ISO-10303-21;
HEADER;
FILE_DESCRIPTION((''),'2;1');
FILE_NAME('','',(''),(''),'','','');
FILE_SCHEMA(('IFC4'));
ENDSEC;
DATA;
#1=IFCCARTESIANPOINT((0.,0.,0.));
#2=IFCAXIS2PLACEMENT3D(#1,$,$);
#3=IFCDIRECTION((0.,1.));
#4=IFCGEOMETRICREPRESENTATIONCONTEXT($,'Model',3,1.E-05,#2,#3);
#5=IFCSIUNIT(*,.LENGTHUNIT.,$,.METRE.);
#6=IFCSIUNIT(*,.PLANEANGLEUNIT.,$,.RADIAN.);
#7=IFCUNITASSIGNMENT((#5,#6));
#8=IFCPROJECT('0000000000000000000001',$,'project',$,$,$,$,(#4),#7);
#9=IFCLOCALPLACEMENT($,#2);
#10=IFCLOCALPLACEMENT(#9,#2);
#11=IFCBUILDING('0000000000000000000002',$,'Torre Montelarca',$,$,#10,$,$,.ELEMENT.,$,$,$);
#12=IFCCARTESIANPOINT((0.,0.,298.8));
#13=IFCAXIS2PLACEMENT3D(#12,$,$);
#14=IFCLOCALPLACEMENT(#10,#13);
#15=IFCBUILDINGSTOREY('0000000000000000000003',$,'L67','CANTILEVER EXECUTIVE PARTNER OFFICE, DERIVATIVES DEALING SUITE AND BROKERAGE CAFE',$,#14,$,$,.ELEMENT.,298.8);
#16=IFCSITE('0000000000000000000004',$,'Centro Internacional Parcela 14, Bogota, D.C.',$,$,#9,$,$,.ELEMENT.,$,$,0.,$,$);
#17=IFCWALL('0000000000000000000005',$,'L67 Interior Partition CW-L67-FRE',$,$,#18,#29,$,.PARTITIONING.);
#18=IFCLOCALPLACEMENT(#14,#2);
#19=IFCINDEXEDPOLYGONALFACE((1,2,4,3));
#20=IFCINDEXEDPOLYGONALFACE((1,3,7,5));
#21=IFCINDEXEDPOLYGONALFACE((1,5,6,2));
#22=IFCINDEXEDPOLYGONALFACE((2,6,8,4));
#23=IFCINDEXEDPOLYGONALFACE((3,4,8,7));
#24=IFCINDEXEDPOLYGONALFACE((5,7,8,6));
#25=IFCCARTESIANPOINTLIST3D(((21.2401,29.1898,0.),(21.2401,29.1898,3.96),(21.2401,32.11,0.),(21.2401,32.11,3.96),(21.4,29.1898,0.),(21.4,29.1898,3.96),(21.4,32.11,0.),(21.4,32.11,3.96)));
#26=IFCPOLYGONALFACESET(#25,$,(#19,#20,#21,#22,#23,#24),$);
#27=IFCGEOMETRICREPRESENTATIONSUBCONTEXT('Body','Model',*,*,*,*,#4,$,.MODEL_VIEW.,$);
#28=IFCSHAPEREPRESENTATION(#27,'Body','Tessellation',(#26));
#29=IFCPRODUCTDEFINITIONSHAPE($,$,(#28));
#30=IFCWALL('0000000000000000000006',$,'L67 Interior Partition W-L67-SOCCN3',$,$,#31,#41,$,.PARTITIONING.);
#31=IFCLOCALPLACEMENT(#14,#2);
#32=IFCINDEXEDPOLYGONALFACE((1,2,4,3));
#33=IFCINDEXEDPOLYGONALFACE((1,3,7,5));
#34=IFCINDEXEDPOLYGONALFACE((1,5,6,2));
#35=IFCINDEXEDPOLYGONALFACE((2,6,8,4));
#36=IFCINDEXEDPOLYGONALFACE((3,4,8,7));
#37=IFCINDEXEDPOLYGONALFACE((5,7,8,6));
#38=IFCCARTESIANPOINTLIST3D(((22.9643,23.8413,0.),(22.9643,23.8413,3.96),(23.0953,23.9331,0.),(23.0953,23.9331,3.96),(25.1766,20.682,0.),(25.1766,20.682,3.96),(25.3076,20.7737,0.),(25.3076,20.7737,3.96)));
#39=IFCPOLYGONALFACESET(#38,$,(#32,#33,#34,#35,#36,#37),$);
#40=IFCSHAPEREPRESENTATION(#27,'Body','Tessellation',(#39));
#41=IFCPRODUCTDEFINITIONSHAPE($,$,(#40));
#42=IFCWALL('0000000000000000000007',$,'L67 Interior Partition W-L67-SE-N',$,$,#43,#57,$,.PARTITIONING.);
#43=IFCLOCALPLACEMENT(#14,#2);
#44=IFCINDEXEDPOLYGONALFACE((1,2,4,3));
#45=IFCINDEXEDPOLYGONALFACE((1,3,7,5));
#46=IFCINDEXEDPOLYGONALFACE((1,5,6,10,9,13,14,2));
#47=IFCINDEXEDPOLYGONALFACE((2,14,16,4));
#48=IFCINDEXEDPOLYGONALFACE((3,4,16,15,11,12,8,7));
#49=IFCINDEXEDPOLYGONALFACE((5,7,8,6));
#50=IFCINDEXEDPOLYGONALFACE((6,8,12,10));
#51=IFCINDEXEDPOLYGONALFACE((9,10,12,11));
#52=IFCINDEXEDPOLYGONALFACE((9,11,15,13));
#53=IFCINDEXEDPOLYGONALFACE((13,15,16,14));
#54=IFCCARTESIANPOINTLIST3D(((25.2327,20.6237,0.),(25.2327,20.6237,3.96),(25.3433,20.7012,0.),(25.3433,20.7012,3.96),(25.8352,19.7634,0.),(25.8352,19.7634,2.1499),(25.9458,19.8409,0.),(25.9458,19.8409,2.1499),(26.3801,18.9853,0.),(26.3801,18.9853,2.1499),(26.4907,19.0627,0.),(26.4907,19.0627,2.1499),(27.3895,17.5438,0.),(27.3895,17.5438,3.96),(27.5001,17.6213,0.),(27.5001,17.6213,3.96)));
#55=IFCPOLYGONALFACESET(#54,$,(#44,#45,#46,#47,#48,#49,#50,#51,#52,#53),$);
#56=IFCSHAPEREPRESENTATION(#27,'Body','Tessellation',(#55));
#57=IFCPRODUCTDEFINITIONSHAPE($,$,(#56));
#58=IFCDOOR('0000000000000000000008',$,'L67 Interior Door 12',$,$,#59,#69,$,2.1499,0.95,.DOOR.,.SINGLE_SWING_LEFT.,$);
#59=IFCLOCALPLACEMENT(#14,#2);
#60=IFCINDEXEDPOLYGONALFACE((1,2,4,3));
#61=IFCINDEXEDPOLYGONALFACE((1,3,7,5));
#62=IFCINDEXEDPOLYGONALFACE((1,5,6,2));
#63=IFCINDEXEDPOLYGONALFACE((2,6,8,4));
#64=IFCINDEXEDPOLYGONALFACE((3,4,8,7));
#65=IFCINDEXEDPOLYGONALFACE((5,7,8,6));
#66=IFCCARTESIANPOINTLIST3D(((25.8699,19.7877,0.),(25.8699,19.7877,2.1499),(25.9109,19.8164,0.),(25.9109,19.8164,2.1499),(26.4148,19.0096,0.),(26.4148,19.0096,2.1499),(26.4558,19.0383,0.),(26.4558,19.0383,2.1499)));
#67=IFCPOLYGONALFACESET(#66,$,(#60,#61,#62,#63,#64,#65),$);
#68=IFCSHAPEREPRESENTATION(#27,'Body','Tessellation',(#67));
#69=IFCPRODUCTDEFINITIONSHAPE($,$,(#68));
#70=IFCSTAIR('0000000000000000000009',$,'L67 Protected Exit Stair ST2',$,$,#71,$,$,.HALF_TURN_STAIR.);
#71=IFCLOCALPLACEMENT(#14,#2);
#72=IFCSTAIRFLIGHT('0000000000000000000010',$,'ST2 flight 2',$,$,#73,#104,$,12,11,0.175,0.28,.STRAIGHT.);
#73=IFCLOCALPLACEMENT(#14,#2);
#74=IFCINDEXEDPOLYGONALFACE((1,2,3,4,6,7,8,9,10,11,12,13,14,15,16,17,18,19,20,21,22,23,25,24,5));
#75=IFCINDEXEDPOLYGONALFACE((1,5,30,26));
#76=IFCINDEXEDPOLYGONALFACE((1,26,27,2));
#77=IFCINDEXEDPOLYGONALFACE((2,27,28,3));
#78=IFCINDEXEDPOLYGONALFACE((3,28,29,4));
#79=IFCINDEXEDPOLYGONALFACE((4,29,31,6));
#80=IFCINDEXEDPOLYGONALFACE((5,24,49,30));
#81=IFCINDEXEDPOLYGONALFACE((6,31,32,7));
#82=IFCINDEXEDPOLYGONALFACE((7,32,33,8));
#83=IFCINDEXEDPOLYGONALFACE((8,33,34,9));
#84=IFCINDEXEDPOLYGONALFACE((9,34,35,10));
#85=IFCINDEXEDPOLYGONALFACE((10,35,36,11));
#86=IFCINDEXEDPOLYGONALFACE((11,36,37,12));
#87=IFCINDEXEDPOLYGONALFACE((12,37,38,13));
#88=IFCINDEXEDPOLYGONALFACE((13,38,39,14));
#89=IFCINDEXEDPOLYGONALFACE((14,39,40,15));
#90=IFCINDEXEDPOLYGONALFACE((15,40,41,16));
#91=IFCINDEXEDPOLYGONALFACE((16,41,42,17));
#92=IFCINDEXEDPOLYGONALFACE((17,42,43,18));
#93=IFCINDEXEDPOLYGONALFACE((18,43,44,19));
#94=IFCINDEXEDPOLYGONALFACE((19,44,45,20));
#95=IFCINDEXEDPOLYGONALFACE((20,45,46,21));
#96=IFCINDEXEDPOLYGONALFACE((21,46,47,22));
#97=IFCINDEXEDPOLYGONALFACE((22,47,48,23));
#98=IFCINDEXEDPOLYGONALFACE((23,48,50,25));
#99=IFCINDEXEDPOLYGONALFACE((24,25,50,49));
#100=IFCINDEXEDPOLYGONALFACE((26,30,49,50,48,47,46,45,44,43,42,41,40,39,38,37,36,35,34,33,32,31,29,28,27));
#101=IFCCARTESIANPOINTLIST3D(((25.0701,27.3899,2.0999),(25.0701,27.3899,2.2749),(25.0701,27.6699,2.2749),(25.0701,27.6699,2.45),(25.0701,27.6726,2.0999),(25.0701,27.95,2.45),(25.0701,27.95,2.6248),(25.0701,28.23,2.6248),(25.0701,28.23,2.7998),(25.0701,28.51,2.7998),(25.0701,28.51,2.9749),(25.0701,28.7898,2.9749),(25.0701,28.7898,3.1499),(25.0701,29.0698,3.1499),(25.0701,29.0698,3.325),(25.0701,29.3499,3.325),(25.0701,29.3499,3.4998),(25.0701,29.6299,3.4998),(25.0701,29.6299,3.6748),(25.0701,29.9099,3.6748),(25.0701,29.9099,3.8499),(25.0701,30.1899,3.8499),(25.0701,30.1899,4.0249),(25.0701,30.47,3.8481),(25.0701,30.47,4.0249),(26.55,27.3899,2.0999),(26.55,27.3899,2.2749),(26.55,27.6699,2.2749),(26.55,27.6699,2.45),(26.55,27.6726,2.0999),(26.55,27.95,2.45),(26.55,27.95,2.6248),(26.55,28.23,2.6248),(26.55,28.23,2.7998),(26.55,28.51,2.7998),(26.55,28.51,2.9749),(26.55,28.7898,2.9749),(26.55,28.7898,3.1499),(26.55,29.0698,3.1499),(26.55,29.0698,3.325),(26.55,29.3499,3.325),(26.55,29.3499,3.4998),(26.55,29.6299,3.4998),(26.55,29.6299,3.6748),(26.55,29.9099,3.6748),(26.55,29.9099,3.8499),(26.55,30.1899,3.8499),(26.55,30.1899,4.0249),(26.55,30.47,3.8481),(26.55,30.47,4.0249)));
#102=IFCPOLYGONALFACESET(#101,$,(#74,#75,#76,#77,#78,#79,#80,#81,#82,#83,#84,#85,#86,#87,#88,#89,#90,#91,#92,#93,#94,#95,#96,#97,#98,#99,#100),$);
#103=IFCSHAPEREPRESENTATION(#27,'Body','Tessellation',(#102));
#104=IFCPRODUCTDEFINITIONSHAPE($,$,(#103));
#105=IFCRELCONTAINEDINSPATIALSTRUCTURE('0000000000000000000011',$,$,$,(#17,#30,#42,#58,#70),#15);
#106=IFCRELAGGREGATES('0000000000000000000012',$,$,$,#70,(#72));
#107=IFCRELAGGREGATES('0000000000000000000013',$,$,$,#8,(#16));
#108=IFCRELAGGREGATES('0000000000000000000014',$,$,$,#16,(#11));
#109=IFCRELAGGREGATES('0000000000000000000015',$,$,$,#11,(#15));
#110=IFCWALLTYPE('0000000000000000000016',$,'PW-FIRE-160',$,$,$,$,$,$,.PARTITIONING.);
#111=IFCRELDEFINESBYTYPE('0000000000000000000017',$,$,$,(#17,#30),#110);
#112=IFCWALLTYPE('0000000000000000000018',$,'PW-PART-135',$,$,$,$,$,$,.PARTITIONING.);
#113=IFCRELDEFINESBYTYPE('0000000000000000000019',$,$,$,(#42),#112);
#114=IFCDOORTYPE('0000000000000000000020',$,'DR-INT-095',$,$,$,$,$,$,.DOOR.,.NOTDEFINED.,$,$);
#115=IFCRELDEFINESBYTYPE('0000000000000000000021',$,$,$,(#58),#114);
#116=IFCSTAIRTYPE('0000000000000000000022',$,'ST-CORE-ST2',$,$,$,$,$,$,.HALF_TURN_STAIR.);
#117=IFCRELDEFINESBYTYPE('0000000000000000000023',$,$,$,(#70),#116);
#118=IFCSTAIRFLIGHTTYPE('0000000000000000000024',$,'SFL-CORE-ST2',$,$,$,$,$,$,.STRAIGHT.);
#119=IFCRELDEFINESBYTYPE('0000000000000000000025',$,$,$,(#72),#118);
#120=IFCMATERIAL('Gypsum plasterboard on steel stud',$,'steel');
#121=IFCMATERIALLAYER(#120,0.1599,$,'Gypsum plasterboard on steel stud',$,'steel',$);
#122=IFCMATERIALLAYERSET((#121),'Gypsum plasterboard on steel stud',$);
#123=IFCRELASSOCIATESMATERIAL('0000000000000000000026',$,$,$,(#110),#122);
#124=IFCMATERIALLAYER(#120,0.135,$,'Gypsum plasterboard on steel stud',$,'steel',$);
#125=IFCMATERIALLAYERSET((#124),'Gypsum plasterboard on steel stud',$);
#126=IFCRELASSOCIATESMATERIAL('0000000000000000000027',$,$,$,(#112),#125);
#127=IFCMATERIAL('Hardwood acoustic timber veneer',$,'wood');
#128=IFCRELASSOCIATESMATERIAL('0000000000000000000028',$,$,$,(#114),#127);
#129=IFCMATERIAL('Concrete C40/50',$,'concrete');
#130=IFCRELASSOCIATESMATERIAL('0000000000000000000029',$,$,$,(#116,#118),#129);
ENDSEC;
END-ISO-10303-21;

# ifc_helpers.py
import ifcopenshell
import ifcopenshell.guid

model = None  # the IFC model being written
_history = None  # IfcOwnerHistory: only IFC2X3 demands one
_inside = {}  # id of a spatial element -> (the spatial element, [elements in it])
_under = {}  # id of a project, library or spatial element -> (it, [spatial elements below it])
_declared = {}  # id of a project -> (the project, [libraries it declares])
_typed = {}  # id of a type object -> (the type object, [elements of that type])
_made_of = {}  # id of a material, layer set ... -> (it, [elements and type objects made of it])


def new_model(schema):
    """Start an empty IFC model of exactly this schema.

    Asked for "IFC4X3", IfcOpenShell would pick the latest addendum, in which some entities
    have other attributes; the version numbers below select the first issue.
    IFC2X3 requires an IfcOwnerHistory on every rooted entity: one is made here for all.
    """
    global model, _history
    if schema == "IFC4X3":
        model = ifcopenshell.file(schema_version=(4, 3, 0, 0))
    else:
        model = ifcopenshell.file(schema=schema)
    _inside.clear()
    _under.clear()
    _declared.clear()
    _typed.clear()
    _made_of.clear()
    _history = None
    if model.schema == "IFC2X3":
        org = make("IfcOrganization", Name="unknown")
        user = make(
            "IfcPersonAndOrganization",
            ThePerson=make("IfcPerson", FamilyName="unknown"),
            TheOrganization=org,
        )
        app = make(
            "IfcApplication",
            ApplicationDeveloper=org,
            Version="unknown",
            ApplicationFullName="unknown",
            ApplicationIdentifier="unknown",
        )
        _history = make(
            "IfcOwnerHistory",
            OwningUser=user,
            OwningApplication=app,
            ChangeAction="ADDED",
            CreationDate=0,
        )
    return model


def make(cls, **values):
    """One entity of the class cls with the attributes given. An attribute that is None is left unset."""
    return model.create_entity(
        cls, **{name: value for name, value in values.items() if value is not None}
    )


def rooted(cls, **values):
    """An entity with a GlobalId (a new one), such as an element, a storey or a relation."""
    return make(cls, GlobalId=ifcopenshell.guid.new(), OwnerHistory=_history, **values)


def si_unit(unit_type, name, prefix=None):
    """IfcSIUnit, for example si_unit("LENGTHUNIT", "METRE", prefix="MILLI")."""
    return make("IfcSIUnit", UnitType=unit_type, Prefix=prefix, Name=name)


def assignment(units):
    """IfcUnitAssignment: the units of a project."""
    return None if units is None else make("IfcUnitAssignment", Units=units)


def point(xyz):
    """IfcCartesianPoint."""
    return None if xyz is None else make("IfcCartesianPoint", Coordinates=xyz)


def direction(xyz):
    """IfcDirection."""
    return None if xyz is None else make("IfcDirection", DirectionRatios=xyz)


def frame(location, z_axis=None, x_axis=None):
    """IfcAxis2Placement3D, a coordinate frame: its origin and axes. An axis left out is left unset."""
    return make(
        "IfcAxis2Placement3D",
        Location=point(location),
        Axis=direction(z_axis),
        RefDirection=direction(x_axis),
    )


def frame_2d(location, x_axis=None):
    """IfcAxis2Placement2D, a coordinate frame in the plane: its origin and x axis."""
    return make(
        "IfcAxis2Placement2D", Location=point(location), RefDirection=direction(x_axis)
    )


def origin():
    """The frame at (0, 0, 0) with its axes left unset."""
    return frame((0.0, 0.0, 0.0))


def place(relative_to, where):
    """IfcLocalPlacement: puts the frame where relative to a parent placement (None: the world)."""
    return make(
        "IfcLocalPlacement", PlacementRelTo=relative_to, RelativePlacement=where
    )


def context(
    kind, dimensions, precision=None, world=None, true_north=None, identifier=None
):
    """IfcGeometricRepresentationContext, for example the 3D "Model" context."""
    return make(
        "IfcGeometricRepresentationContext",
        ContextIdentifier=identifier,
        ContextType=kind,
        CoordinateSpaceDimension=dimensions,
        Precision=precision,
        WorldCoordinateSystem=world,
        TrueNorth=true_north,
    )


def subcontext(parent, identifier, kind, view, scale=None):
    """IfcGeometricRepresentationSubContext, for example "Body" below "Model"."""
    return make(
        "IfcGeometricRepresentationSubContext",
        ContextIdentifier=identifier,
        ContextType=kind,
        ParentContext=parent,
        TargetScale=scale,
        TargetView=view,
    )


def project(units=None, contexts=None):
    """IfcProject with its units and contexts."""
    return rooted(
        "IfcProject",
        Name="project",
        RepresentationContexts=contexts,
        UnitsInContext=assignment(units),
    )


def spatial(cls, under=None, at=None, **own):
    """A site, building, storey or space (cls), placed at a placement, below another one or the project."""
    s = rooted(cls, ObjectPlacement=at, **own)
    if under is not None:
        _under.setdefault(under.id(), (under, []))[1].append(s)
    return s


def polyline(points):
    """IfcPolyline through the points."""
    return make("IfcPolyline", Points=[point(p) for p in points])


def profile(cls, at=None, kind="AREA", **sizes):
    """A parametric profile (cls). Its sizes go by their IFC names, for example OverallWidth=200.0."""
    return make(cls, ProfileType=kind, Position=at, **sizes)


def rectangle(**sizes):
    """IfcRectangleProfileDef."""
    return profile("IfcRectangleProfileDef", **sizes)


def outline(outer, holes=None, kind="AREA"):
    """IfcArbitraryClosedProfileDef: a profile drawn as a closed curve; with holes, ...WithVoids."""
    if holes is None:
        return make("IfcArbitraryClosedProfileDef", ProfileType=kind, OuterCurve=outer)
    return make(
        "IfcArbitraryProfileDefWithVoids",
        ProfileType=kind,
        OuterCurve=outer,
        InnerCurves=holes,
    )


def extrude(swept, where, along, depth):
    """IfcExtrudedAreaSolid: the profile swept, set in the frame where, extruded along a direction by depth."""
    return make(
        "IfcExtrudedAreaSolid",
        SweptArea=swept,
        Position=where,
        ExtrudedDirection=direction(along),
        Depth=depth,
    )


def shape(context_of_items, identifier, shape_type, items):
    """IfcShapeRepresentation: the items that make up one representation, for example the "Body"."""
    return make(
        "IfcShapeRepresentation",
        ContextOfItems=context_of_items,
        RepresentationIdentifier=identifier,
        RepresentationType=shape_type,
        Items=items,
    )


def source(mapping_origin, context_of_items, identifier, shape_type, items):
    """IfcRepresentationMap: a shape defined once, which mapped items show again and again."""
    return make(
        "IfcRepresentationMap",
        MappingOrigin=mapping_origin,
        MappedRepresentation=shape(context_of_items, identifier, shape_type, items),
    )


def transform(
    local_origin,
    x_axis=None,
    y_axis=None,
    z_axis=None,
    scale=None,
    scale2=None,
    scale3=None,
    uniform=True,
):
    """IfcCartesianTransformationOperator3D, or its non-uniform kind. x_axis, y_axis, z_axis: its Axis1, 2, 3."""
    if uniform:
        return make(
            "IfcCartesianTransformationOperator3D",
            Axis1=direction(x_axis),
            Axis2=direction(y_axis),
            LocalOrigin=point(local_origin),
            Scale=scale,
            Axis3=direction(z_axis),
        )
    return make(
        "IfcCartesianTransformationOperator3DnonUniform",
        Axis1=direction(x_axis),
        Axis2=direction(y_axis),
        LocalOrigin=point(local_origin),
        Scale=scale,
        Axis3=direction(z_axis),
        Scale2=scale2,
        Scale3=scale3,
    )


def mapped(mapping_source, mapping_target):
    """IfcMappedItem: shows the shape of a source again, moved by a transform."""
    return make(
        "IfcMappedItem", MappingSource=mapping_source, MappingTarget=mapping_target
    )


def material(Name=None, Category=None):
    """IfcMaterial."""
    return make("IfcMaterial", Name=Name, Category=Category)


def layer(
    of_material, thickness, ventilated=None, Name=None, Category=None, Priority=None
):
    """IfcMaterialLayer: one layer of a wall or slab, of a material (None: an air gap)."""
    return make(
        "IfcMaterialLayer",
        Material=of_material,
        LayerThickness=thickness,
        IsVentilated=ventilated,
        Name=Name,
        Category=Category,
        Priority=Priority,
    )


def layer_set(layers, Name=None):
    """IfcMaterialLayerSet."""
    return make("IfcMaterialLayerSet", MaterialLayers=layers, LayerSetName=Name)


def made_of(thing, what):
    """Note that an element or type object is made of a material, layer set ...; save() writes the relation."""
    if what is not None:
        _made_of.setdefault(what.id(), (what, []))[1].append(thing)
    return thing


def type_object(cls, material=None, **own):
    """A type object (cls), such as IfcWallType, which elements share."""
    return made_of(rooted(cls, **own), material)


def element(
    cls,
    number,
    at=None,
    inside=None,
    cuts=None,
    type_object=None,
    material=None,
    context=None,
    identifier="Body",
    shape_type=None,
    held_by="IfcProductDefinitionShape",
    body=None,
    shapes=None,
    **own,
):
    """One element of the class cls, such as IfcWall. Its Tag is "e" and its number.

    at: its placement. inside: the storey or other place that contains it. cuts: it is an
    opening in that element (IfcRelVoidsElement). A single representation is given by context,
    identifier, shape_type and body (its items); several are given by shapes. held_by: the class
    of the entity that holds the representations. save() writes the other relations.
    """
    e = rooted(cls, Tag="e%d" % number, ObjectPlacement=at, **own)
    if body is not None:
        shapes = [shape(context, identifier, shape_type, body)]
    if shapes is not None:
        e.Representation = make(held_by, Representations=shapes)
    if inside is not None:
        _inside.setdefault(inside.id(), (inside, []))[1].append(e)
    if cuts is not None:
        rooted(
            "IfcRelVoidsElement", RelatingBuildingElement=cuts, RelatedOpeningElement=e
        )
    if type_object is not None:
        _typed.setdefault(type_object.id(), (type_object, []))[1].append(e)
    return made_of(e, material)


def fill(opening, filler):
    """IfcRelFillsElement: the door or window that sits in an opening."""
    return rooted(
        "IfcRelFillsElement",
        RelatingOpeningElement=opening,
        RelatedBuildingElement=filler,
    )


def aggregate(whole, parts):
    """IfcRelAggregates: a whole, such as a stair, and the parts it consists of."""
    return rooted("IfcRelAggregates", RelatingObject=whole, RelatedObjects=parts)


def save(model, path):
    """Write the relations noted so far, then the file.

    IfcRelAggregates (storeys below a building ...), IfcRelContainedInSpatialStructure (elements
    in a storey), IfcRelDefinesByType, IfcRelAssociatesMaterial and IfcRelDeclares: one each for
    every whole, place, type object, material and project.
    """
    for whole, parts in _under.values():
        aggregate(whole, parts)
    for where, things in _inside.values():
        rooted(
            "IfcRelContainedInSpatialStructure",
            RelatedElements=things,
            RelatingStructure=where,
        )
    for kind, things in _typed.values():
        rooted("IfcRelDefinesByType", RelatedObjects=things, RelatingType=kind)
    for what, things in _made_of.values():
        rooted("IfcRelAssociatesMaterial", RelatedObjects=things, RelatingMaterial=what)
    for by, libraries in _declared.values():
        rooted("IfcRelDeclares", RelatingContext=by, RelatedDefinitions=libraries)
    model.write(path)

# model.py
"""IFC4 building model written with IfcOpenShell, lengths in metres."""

from ifc_helpers import new_model, si_unit, direction, frame, frame_2d, origin, place, context, subcontext, project, spatial, polyline, rectangle, outline, extrude, source, transform, mapped, material, layer, layer_set, type_object, element, fill, aggregate, save


model = new_model("IFC4")

# Units and contexts
model_context = context("Model", 3, precision=1e-05, world=origin(), true_north=direction((0.0, 1.0)))
body_context = subcontext(model_context, "Body", "Model", "MODEL_VIEW")
ifc_project = project(units=[si_unit("LENGTHUNIT", "METRE"), si_unit("PLANEANGLEUNIT", "RADIAN")], contexts=[model_context])

# Site, building, storey
site_placement = place(None, origin())
site = spatial("IfcSite", under=ifc_project, at=site_placement, Name="Centro Internacional Parcela 14, Bogota, D.C.", CompositionType="ELEMENT", RefElevation=0.0)
building_placement = place(site_placement, origin())
building = spatial("IfcBuilding", under=site, at=building_placement, Name="Torre Montelarca", CompositionType="ELEMENT")
storey_placement = place(building_placement, frame((0.0, 0.0, 298.8)))
storey = spatial("IfcBuildingStorey", under=building, at=storey_placement, Name="L67", Description="CANTILEVER EXECUTIVE PARTNER OFFICE, DERIVATIVES DEALING SUITE AND BROKERAGE CAFE", CompositionType="ELEMENT", Elevation=298.8)

# Walls
ifc_material_1 = material(Name="Concrete C40/50", Category="concrete")
ifc_material_2 = material(Name="Gypsum plasterboard on steel stud", Category="steel")
ifc_layer_1 = layer(ifc_material_2, 0.1599, Name="Gypsum plasterboard on steel stud", Category="steel")
ifc_layer_set_1 = layer_set([ifc_layer_1], Name="Gypsum plasterboard on steel stud")
wall_type_1 = type_object("IfcWallType", Name="PW-FIRE-160", PredefinedType="PARTITIONING", material=ifc_layer_set_1)
wall_1_placement = place(storey_placement, frame((21.3201, 29.1899, 0.0), z_axis=(0.0, 0.0, 1.0), x_axis=(0.0, 1.0, 0.0)))
element("IfcWall", 1, at=wall_1_placement, inside=storey, type_object=wall_type_1, Name="L67 Interior Partition CW-L67-FRE", PredefinedType="PARTITIONING", context=body_context, shape_type="SweptSolid", body=[
    extrude(rectangle(XDim=2.9202, YDim=0.1599, at=frame_2d((1.46, 0.0))), origin(), (0.0, 0.0, 1.0), 3.96),
])
wall_2_placement = place(storey_placement, frame((23.0298, 23.8872, 0.0), z_axis=(0.0, 0.0, 1.0), x_axis=(0.573603, -0.819134, 0.0)))
element("IfcWall", 2, at=wall_2_placement, inside=storey, type_object=wall_type_1, Name="L67 Interior Partition W-L67-SOCCN3", PredefinedType="PARTITIONING", context=body_context, shape_type="SweptSolid", body=[
    extrude(rectangle(XDim=3.8569, YDim=0.1599, at=frame_2d((1.9285, 0.0))), origin(), (0.0, 0.0, 1.0), 3.96),
])

# Wall, opening, door
ifc_layer_2 = layer(ifc_material_2, 0.135, Name="Gypsum plasterboard on steel stud", Category="steel")
ifc_layer_set_2 = layer_set([ifc_layer_2], Name="Gypsum plasterboard on steel stud")
wall_type_2 = type_object("IfcWallType", Name="PW-PART-135", PredefinedType="PARTITIONING", material=ifc_layer_set_2)
wall_3_placement = place(storey_placement, frame((25.2881, 20.6624, 0.0), z_axis=(0.0, 0.0, 1.0), x_axis=(0.573615, -0.819125, 0.0)))
wall_3 = element("IfcWall", 3, at=wall_3_placement, inside=storey, type_object=wall_type_2, Name="L67 Interior Partition W-L67-SE-N", PredefinedType="PARTITIONING", context=body_context, shape_type="SweptSolid", body=[
    extrude(rectangle(XDim=3.76, YDim=0.135, at=frame_2d((1.8799, 0.0))), origin(), (0.0, 0.0, 1.0), 3.96),
])
opening_placement = place(wall_3_placement, frame((1.05, 0.0, 0.0)))
opening = element("IfcOpeningElement", 4, at=opening_placement, cuts=wall_3, PredefinedType="OPENING", context=body_context, shape_type="SweptSolid", body=[
    extrude(rectangle(XDim=0.95, YDim=2.1499, at=frame_2d((0.4751, 1.075))), frame((0.0, 0.0776, 0.0), z_axis=(0.0, -1.0, 0.0), x_axis=(1.0, 0.0, 0.0)), (0.0, 0.0, 1.0), 0.155),
])
ifc_material_3 = material(Name="Hardwood acoustic timber veneer", Category="wood")
door_type = type_object("IfcDoorType", Name="DR-INT-095", OperationType="NOTDEFINED", PredefinedType="DOOR", material=ifc_material_3)
shared_shape_1 = source(origin(), body_context, "Body", "SweptSolid", [
    extrude(rectangle(XDim=0.95, YDim=2.1499, at=frame_2d((0.4751, 1.075))), frame((0.0, 0.0249, 0.0), z_axis=(0.0, -1.0, 0.0), x_axis=(1.0, 0.0, 0.0)), (0.0, 0.0, 1.0), 0.05),
])
door_placement = place(opening_placement, origin())
door = element("IfcDoor", 5, at=door_placement, inside=storey, type_object=door_type, Name="L67 Interior Door 12", OperationType="SINGLE_SWING_LEFT", OverallHeight=2.1499, OverallWidth=0.95, PredefinedType="DOOR", context=body_context, shape_type="MappedRepresentation", body=[
    mapped(shared_shape_1, transform((0.0, 0.0, 0.0), scale=1.0)),
])
fill(opening, door)

# Stair, stair flight
stair_type = type_object("IfcStairType", Name="ST-CORE-ST2", PredefinedType="HALF_TURN_STAIR", material=ifc_material_1)
stair_placement = place(storey_placement, origin())
stair = element("IfcStair", 6, at=stair_placement, inside=storey, type_object=stair_type, Name="L67 Protected Exit Stair ST2", PredefinedType="HALF_TURN_STAIR")
stair_flight_type = type_object("IfcStairFlightType", Name="SFL-CORE-ST2", PredefinedType="STRAIGHT", material=ifc_material_1)
stair_flight_placement = place(storey_placement, frame((25.8101, 27.3899, 2.0999), z_axis=(0.0, 0.0, 1.0), x_axis=(0.0, 1.0, 0.0)))
stair_flight = element("IfcStairFlight", 7, at=stair_flight_placement, type_object=stair_flight_type, Name="ST2 flight 2", NumberOfRisers=12, NumberOfTreads=11, PredefinedType="STRAIGHT", RiserHeight=0.175, TreadLength=0.28, context=body_context, shape_type="SweptSolid", body=[
    extrude(outline(polyline([(0.0, 0.0), (0.0, 0.175), (0.28, 0.175), (0.28, 0.3501), (0.5601, 0.3501), (0.5601, 0.5249), (0.8401, 0.5249), (0.8401, 0.7), (1.1201, 0.7), (1.1201, 0.875), (1.3999, 0.875), (1.3999, 1.05), (1.6799, 1.05), (1.6799, 1.2251), (1.96, 1.2251), (1.96, 1.3999), (2.24, 1.3999), (2.24, 1.575), (2.52, 1.575), (2.52, 1.75), (2.8, 1.75), (2.8, 1.925), (3.0801, 1.925), (3.0801, 2.1001), (3.0801, 1.7483), (0.2827, 0.0), (0.0, 0.0)])), frame((0.0, 0.74, 0.0), z_axis=(0.0, -1.0, 0.0), x_axis=(1.0, 0.0, 0.0)), (0.0, 0.0, 1.0), 1.48),
])
aggregate(stair, [stair_flight])

save(model, "model.ifc")
